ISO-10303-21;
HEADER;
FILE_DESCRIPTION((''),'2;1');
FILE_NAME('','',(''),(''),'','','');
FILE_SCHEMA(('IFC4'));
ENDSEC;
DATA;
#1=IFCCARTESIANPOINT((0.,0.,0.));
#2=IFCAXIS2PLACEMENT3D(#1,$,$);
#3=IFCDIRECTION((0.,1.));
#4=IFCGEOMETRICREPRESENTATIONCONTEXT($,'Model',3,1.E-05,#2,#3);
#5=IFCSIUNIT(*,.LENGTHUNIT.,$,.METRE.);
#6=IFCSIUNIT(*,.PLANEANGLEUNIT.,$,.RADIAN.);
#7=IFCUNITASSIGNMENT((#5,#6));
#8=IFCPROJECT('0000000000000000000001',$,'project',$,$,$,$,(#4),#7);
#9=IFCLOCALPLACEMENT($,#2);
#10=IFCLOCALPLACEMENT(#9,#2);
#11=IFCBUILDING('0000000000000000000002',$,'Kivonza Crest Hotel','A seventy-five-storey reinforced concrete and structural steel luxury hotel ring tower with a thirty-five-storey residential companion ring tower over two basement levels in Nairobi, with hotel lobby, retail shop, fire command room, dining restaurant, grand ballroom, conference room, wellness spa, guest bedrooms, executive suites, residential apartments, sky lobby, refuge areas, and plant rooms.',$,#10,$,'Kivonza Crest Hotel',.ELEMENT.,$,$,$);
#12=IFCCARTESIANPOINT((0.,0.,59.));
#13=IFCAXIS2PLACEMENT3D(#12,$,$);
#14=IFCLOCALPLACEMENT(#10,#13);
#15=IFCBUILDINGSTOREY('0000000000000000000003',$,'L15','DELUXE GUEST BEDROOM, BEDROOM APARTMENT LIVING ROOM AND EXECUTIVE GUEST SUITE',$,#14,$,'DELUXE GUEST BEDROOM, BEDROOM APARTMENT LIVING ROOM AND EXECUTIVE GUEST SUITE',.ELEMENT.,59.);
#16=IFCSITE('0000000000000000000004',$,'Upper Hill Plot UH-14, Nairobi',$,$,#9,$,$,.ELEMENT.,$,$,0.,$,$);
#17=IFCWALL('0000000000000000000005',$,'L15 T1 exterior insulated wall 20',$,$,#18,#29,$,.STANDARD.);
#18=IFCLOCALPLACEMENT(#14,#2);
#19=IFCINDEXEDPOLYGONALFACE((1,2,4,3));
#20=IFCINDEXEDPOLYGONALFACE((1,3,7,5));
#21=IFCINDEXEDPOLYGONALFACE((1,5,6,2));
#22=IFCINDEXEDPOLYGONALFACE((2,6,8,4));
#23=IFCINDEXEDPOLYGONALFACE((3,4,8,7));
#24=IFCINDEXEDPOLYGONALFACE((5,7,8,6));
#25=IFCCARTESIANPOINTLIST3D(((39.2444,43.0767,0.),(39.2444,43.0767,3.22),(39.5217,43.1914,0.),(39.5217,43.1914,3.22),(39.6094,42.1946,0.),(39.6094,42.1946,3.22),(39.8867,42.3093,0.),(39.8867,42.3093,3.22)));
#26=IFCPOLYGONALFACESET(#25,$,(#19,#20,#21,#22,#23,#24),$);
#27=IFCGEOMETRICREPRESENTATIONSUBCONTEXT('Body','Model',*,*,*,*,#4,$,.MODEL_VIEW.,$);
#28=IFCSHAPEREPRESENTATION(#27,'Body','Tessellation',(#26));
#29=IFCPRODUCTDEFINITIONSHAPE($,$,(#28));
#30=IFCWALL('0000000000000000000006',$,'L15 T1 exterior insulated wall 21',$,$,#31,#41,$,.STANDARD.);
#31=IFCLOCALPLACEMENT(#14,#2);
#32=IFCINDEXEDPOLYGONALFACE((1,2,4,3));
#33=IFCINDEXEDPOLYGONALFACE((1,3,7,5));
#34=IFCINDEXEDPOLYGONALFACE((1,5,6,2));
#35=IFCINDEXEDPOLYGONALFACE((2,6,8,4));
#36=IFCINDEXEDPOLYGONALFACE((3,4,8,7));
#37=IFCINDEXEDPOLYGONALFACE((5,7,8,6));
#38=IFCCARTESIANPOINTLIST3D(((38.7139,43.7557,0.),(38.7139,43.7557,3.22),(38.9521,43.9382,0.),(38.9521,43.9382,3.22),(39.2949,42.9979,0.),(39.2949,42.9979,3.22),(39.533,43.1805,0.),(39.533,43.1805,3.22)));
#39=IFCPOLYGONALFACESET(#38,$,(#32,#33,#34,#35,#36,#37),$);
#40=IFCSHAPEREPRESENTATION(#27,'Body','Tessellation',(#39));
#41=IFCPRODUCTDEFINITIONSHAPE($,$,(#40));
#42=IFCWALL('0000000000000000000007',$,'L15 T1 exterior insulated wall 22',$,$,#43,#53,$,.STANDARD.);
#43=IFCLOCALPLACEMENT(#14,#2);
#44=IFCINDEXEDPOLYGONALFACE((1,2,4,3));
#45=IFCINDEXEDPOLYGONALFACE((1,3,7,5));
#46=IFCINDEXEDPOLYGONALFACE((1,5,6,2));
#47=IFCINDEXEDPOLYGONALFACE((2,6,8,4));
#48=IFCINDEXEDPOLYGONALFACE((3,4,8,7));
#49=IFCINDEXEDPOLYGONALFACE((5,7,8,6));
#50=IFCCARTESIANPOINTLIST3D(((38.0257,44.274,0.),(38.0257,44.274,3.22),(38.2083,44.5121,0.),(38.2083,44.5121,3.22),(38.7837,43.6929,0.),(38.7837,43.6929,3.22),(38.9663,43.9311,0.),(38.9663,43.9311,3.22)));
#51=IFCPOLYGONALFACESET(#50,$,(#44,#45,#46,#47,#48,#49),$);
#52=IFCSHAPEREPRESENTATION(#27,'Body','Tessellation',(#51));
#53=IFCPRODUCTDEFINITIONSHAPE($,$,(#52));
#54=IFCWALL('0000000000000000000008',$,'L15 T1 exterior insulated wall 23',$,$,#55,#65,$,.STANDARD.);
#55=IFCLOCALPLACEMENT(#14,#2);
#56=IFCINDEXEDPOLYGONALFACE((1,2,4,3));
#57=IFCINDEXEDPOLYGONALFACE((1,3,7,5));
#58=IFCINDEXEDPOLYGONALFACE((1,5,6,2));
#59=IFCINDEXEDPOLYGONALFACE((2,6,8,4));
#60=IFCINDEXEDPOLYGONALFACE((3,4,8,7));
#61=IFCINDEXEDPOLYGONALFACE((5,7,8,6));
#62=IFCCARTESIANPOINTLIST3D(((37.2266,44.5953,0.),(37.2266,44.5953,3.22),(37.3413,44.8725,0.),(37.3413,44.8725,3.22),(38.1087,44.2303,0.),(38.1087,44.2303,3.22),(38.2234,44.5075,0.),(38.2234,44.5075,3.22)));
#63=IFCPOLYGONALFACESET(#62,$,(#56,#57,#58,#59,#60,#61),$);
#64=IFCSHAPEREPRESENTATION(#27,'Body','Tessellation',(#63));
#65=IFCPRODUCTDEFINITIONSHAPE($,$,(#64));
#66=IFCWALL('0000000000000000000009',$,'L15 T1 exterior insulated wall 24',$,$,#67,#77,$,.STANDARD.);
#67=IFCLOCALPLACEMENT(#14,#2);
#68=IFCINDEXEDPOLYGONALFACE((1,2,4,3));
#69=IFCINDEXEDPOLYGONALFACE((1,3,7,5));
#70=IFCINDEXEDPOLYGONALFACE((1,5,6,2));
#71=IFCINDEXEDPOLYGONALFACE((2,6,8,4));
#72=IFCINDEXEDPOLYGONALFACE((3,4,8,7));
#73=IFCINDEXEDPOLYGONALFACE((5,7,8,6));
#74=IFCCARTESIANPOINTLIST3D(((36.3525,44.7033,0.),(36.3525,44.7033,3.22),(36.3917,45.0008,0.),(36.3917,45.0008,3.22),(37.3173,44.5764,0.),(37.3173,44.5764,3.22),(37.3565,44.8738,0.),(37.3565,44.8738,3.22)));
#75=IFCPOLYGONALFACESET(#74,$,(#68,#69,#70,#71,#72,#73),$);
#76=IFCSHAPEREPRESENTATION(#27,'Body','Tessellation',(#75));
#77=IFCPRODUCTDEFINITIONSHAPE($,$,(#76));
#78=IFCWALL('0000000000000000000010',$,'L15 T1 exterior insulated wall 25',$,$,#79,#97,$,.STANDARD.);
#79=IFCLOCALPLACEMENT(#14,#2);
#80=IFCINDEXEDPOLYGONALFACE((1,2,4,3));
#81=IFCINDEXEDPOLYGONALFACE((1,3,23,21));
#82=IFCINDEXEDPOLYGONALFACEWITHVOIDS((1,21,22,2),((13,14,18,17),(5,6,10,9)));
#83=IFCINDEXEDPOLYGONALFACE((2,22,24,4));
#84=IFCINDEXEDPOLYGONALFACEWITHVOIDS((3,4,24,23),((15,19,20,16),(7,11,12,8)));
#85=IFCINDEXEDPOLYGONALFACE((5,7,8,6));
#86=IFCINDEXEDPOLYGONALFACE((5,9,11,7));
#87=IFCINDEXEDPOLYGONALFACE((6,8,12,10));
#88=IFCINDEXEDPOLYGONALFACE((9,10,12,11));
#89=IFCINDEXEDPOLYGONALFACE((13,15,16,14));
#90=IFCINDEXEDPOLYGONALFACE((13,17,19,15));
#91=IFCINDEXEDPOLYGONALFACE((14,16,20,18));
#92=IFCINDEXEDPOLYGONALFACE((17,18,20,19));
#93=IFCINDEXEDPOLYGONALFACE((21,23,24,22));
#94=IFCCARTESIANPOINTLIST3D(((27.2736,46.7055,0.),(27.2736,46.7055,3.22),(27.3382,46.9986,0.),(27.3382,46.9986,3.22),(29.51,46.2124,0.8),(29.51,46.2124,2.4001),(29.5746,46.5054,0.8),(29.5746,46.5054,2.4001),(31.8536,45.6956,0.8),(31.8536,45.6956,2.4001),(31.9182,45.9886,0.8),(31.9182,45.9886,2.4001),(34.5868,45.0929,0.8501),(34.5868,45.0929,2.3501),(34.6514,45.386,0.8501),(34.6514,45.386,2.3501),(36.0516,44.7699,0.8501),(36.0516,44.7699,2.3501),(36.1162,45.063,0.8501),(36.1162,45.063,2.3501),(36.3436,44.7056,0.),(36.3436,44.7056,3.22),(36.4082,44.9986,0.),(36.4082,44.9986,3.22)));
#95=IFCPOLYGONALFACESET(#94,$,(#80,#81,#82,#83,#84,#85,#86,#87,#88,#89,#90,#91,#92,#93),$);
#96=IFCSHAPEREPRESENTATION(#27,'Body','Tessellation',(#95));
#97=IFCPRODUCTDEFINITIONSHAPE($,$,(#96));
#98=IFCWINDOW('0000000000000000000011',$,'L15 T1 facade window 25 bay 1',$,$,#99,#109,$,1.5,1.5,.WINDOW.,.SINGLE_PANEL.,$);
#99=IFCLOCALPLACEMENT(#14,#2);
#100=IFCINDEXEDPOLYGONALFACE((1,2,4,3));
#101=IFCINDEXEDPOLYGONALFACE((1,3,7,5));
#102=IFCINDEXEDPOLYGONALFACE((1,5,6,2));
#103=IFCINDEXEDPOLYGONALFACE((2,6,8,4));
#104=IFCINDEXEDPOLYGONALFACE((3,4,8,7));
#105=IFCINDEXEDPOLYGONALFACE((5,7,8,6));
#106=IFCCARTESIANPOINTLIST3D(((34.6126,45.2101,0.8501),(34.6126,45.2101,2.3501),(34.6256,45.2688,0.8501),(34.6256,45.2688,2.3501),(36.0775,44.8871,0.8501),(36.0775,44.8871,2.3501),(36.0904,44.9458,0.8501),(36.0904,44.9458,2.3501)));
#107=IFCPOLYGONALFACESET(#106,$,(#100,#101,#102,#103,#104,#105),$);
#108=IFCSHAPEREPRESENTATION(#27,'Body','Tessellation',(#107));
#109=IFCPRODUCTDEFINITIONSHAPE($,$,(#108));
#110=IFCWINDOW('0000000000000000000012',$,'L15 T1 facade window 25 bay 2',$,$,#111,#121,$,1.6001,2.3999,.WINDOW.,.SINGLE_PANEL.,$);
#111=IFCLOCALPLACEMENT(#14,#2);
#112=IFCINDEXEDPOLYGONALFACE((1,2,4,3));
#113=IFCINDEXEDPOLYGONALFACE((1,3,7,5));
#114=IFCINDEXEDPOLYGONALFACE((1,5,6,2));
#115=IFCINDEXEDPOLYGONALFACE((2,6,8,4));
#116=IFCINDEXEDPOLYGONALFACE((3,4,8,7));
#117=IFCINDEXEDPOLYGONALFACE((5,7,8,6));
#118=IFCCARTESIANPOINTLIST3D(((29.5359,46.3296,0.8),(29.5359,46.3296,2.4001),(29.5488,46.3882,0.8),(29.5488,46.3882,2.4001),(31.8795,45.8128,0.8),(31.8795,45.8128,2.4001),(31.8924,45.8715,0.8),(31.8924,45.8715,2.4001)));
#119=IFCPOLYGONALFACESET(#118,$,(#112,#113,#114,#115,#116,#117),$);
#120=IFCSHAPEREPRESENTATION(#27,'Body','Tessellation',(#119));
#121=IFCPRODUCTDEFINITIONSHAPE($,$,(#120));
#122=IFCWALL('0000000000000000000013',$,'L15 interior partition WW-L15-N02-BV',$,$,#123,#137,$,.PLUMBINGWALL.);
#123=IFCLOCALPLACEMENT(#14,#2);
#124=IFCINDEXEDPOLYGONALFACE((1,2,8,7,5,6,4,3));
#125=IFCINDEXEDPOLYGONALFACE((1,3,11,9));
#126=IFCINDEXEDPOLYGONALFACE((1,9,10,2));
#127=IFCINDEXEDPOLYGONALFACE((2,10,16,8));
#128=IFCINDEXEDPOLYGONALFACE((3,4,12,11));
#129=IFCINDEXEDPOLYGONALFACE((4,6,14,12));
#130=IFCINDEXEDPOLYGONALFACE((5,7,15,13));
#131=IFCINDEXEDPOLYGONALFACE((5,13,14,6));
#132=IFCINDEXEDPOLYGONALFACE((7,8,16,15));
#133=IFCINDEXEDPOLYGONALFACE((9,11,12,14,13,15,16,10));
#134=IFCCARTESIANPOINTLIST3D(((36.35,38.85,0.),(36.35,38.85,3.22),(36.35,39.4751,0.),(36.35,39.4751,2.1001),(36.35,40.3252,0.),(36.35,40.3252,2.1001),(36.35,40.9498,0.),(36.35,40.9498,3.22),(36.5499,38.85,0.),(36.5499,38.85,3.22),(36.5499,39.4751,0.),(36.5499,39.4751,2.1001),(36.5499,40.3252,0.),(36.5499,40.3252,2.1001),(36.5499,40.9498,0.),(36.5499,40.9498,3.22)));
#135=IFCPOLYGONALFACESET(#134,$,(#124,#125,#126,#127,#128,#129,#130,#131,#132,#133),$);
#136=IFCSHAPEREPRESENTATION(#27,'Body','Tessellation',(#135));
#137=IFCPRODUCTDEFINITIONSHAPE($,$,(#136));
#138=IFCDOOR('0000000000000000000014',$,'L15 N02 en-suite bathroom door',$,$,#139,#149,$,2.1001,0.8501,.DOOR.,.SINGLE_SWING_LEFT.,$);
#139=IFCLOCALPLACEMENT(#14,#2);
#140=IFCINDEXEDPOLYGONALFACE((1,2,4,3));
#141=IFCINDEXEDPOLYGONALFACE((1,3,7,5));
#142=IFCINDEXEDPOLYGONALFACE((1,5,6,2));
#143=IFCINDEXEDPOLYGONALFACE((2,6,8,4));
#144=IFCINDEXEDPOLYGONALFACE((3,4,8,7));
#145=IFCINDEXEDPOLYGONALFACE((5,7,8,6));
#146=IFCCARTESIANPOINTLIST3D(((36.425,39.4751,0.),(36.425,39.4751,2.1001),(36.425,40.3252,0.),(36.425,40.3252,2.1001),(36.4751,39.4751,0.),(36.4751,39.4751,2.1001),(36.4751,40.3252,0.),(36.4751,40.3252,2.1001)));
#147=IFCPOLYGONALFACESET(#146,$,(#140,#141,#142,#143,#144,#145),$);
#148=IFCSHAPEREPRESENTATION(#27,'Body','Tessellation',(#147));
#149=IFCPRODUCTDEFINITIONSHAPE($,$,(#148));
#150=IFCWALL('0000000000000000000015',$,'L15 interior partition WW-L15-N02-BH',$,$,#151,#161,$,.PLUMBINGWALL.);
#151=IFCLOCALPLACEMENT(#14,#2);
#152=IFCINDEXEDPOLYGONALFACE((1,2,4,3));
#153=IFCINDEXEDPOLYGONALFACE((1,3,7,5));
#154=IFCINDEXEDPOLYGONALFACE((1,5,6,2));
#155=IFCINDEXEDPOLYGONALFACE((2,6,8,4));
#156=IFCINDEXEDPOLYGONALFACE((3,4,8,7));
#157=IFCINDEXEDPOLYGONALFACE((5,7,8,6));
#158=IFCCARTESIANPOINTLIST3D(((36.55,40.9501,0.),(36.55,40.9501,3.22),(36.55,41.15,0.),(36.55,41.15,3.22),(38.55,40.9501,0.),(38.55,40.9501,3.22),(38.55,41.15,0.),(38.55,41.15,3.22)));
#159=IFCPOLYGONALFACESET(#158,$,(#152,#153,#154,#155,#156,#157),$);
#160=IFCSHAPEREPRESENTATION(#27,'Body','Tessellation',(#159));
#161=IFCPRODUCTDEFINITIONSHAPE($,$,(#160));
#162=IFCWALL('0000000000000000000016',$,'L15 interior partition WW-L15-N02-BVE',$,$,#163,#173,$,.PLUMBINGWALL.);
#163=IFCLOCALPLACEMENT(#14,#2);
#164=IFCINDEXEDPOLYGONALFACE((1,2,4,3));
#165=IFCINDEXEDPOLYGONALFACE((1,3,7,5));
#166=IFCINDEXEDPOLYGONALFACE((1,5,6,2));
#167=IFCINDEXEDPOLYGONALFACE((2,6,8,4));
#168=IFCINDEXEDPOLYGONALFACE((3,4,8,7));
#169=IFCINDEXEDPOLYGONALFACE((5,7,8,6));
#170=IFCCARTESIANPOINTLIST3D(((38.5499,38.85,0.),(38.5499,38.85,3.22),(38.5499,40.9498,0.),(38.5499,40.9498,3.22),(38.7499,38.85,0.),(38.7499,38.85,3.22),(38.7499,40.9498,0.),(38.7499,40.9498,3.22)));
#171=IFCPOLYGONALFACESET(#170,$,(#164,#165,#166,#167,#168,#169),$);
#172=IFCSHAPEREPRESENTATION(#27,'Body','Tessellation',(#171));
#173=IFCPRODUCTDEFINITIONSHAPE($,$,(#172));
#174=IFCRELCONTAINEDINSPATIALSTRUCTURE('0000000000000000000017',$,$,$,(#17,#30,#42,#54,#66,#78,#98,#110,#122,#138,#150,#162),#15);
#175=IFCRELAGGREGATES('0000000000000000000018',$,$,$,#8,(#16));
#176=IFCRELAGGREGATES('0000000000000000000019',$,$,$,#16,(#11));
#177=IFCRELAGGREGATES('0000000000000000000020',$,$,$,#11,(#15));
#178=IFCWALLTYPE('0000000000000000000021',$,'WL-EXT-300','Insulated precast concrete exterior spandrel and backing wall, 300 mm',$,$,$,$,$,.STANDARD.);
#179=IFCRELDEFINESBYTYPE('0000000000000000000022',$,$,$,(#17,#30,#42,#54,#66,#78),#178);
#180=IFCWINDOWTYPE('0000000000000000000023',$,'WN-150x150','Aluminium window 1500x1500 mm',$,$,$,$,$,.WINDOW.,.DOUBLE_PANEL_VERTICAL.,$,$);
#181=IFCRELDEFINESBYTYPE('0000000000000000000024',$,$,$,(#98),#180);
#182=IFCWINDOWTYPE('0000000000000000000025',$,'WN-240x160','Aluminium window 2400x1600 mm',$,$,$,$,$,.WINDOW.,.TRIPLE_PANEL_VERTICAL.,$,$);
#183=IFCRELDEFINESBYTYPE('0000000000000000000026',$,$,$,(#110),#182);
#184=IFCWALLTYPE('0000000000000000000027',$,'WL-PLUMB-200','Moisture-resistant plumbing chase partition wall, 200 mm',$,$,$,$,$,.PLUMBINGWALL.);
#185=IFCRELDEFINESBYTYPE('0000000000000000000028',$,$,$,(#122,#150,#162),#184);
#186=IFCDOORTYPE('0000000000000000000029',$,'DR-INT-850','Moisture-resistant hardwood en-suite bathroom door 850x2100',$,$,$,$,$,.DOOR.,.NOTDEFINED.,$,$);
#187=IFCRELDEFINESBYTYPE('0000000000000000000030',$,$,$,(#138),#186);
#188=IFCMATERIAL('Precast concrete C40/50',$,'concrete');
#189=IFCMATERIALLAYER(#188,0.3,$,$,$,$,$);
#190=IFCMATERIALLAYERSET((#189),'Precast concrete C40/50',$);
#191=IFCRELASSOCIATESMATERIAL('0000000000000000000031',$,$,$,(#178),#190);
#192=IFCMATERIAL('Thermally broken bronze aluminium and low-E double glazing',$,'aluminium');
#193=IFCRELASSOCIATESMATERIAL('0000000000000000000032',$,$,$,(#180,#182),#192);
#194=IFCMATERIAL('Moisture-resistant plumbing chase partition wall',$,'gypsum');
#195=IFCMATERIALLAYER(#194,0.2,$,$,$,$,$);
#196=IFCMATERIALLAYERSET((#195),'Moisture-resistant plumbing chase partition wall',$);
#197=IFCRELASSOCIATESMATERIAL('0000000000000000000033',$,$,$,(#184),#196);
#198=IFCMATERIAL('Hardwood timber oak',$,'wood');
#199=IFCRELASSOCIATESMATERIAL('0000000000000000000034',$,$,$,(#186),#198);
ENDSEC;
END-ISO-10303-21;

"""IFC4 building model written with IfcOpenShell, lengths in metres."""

from ifc_helpers import new_model, si_unit, direction, frame, frame_2d, origin, place, context, subcontext, project, spatial, rectangle, extrude, material, layer, layer_set, type_object, element, fill, save


model = new_model("IFC4")

# Units and contexts
model_context = context("Model", 3, precision=1e-05, world=origin(), true_north=direction((0.0, 1.0)))
body_context = subcontext(model_context, "Body", "Model", "MODEL_VIEW")
ifc_project = project(units=[si_unit("LENGTHUNIT", "METRE"), si_unit("PLANEANGLEUNIT", "RADIAN")], contexts=[model_context])

# Site, building, storey
site_placement = place(None, origin())
site = spatial("IfcSite", under=ifc_project, at=site_placement, Name="Upper Hill Plot UH-14, Nairobi", CompositionType="ELEMENT", RefElevation=0.0)
building_placement = place(site_placement, origin())
building = spatial("IfcBuilding", under=site, at=building_placement, Name="Kivonza Crest Hotel", Description="A seventy-five-storey reinforced concrete and structural steel luxury hotel ring tower with a thirty-five-storey residential companion ring tower over two basement levels in Nairobi, with hotel lobby, retail shop, fire command room, dining restaurant, grand ballroom, conference room, wellness spa, guest bedrooms, executive suites, residential apartments, sky lobby, refuge areas, and plant rooms.", LongName="Kivonza Crest Hotel", CompositionType="ELEMENT")
storey_placement = place(building_placement, frame((0.0, 0.0, 59.0)))
storey = spatial("IfcBuildingStorey", under=building, at=storey_placement, Name="L15", Description="DELUXE GUEST BEDROOM, BEDROOM APARTMENT LIVING ROOM AND EXECUTIVE GUEST SUITE", LongName="DELUXE GUEST BEDROOM, BEDROOM APARTMENT LIVING ROOM AND EXECUTIVE GUEST SUITE", CompositionType="ELEMENT", Elevation=59.0)

# Shared definitions
ifc_material_1 = material(Name="Hardwood timber oak", Category="wood")

# Walls
ifc_material_2 = material(Name="Precast concrete C40/50", Category="concrete")
ifc_layer_1 = layer(ifc_material_2, 0.3)
ifc_layer_set_1 = layer_set([ifc_layer_1], Name="Precast concrete C40/50")
wall_type_1 = type_object("IfcWallType", Name="WL-EXT-300", Description="Insulated precast concrete exterior spandrel and backing wall, 300 mm", PredefinedType="STANDARD", material=ifc_layer_set_1)
wall_1_placement = place(storey_placement, frame((39.748, 42.252, 0.0), z_axis=(0.0, 0.0, 1.0), x_axis=(-0.382344, 0.92402, 0.0)))
element("IfcWall", 1, at=wall_1_placement, inside=storey, type_object=wall_type_1, Name="L15 T1 exterior insulated wall 20", PredefinedType="STANDARD", context=body_context, shape_type="SweptSolid", body=[
    extrude(rectangle(XDim=0.9546, YDim=0.3, at=frame_2d((0.4773, 0.0))), origin(), (0.0, 0.0, 1.0), 3.22),
])
wall_2_placement = place(storey_placement, frame((39.4141, 43.0891, 0.0), z_axis=(0.0, 0.0, 1.0), x_axis=(-0.608474, 0.793573, 0.0)))
element("IfcWall", 2, at=wall_2_placement, inside=storey, type_object=wall_type_1, Name="L15 T1 exterior insulated wall 21", PredefinedType="STANDARD", context=body_context, shape_type="SweptSolid", body=[
    extrude(rectangle(XDim=0.9548, YDim=0.3, at=frame_2d((0.4775, 0.0))), origin(), (0.0, 0.0, 1.0), 3.22),
])
wall_3_placement = place(storey_placement, frame((38.875, 43.812, 0.0), z_axis=(0.0, 0.0, 1.0), x_axis=(-0.793668, 0.608351, 0.0)))
element("IfcWall", 3, at=wall_3_placement, inside=storey, type_object=wall_type_1, Name="L15 T1 exterior insulated wall 22", PredefinedType="STANDARD", context=body_context, shape_type="SweptSolid", body=[
    extrude(rectangle(XDim=0.9551, YDim=0.3, at=frame_2d((0.4775, 0.0))), origin(), (0.0, 0.0, 1.0), 3.22),
])
wall_4_placement = place(storey_placement, frame((38.166, 44.3689, 0.0), z_axis=(0.0, 0.0, 1.0), x_axis=(-0.92402, 0.382344, 0.0)))
element("IfcWall", 4, at=wall_4_placement, inside=storey, type_object=wall_type_1, Name="L15 T1 exterior insulated wall 23", PredefinedType="STANDARD", context=body_context, shape_type="SweptSolid", body=[
    extrude(rectangle(XDim=0.9546, YDim=0.3, at=frame_2d((0.4773, 0.0))), origin(), (0.0, 0.0, 1.0), 3.22),
])
wall_5_placement = place(storey_placement, frame((37.3369, 44.7251, 0.0), z_axis=(0.0, 0.0, 1.0), x_axis=(-0.991454, 0.130455, 0.0)))
element("IfcWall", 5, at=wall_5_placement, inside=storey, type_object=wall_type_1, Name="L15 T1 exterior insulated wall 24", PredefinedType="STANDARD", context=body_context, shape_type="SweptSolid", body=[
    extrude(rectangle(XDim=0.9731, YDim=0.3, at=frame_2d((0.4866, 0.0))), origin(), (0.0, 0.0, 1.0), 3.22),
])

# Wall, openings, windows
wall_6_placement = place(storey_placement, frame((36.376, 44.8521, 0.0), z_axis=(0.0, 0.0, 1.0), x_axis=(-0.976541, 0.215333, 0.0)))
wall_6 = element("IfcWall", 6, at=wall_6_placement, inside=storey, type_object=wall_type_1, Name="L15 T1 exterior insulated wall 25", PredefinedType="STANDARD", context=body_context, shape_type="SweptSolid", body=[
    extrude(rectangle(XDim=9.2878, YDim=0.3, at=frame_2d((4.644, 0.0))), origin(), (0.0, 0.0, 1.0), 3.22),
])
opening_1_placement = place(wall_6_placement, frame((0.2991, 0.0, 0.8501)))
opening_1 = element("IfcOpeningElement", 7, at=opening_1_placement, cuts=wall_6, PredefinedType="OPENING", context=body_context, shape_type="SweptSolid", body=[
    extrude(rectangle(XDim=1.5, YDim=1.5, at=frame_2d((0.75, 0.75))), frame((0.0, 0.1602, 0.0), z_axis=(0.0, -1.0, 0.0), x_axis=(1.0, 0.0, 0.0)), (0.0, 0.0, 1.0), 0.3201),
])
opening_2_placement = place(wall_6_placement, frame((4.5979, 0.0, 0.8)))
opening_2 = element("IfcOpeningElement", 8, at=opening_2_placement, cuts=wall_6, PredefinedType="OPENING", context=body_context, shape_type="SweptSolid", body=[
    extrude(rectangle(XDim=2.3999, YDim=1.6001, at=frame_2d((1.2, 0.8))), frame((0.0, 0.1602, 0.0), z_axis=(0.0, -1.0, 0.0), x_axis=(1.0, 0.0, 0.0)), (0.0, 0.0, 1.0), 0.3201),
])
ifc_material_3 = material(Name="Thermally broken bronze aluminium and low-E double glazing", Category="aluminium")
window_type_1 = type_object("IfcWindowType", Name="WN-150x150", Description="Aluminium window 1500x1500 mm", PartitioningType="DOUBLE_PANEL_VERTICAL", PredefinedType="WINDOW", material=ifc_material_3)
window_1_placement = place(opening_1_placement, origin())
window_1 = element("IfcWindow", 9, at=window_1_placement, inside=storey, type_object=window_type_1, Name="L15 T1 facade window 25 bay 1", OverallHeight=1.5, OverallWidth=1.5, PartitioningType="SINGLE_PANEL", PredefinedType="WINDOW", context=body_context, shape_type="SweptSolid", body=[
    extrude(rectangle(XDim=1.5, YDim=1.5, at=frame_2d((0.75, 0.75))), frame((0.0, 0.03, 0.0), z_axis=(0.0, -1.0, 0.0), x_axis=(1.0, 0.0, 0.0)), (0.0, 0.0, 1.0), 0.0601),
])
fill(opening_1, window_1)
window_type_2 = type_object("IfcWindowType", Name="WN-240x160", Description="Aluminium window 2400x1600 mm", PartitioningType="TRIPLE_PANEL_VERTICAL", PredefinedType="WINDOW", material=ifc_material_3)
window_2_placement = place(opening_2_placement, origin())
window_2 = element("IfcWindow", 10, at=window_2_placement, inside=storey, type_object=window_type_2, Name="L15 T1 facade window 25 bay 2", OverallHeight=1.6001, OverallWidth=2.3999, PartitioningType="SINGLE_PANEL", PredefinedType="WINDOW", context=body_context, shape_type="SweptSolid", body=[
    extrude(rectangle(XDim=2.3999, YDim=1.6001, at=frame_2d((1.2, 0.8))), frame((0.0, 0.03, 0.0), z_axis=(0.0, -1.0, 0.0), x_axis=(1.0, 0.0, 0.0)), (0.0, 0.0, 1.0), 0.0601),
])
fill(opening_2, window_2)

# Wall, opening, door
ifc_material_4 = material(Name="Moisture-resistant plumbing chase partition wall", Category="gypsum")
ifc_layer_2 = layer(ifc_material_4, 0.2)
ifc_layer_set_2 = layer_set([ifc_layer_2], Name="Moisture-resistant plumbing chase partition wall")
wall_type_2 = type_object("IfcWallType", Name="WL-PLUMB-200", Description="Moisture-resistant plumbing chase partition wall, 200 mm", PredefinedType="PLUMBINGWALL", material=ifc_layer_set_2)
wall_7_placement = place(storey_placement, frame((36.45, 38.8501, 0.0), z_axis=(0.0, 0.0, 1.0), x_axis=(0.0, 1.0, 0.0)))
wall_7 = element("IfcWall", 11, at=wall_7_placement, inside=storey, type_object=wall_type_2, Name="L15 interior partition WW-L15-N02-BV", PredefinedType="PLUMBINGWALL", context=body_context, shape_type="SweptSolid", body=[
    extrude(rectangle(XDim=2.0999, YDim=0.2, at=frame_2d((1.0498, 0.0))), origin(), (0.0, 0.0, 1.0), 3.22),
])
opening_3_placement = place(wall_7_placement, frame((0.625, 0.0, 0.0)))
opening_3 = element("IfcOpeningElement", 12, at=opening_3_placement, cuts=wall_7, PredefinedType="OPENING", context=body_context, shape_type="SweptSolid", body=[
    extrude(rectangle(XDim=0.8501, YDim=2.1001, at=frame_2d((0.425, 1.05))), frame((0.0, 0.1099, 0.0), z_axis=(0.0, -1.0, 0.0), x_axis=(1.0, 0.0, 0.0)), (0.0, 0.0, 1.0), 0.22),
])
door_type_1 = type_object("IfcDoorType", Name="DR-INT-850", Description="Moisture-resistant hardwood en-suite bathroom door 850x2100", OperationType="NOTDEFINED", PredefinedType="DOOR", material=ifc_material_1)
door_1_placement = place(opening_3_placement, origin())
door_1 = element("IfcDoor", 13, at=door_1_placement, inside=storey, type_object=door_type_1, Name="L15 N02 en-suite bathroom door", OperationType="SINGLE_SWING_LEFT", OverallHeight=2.1001, OverallWidth=0.8501, PredefinedType="DOOR", context=body_context, shape_type="SweptSolid", body=[
    extrude(rectangle(XDim=0.8501, YDim=2.1001, at=frame_2d((0.425, 1.05))), frame((0.0, 0.0249, 0.0), z_axis=(0.0, -1.0, 0.0), x_axis=(1.0, 0.0, 0.0)), (0.0, 0.0, 1.0), 0.05),
])
fill(opening_3, door_1)

# Walls
wall_8_placement = place(storey_placement, frame((36.55, 41.05, 0.0), z_axis=(0.0, 0.0, 1.0), x_axis=(1.0, 0.0, 0.0)))
element("IfcWall", 14, at=wall_8_placement, inside=storey, type_object=wall_type_2, Name="L15 interior partition WW-L15-N02-BH", PredefinedType="PLUMBINGWALL", context=body_context, shape_type="SweptSolid", body=[
    extrude(rectangle(XDim=2.0, YDim=0.2, at=frame_2d((1.0, 0.0))), origin(), (0.0, 0.0, 1.0), 3.22),
])
wall_9_placement = place(storey_placement, frame((38.6499, 38.8501, 0.0), z_axis=(0.0, 0.0, 1.0), x_axis=(0.0, 1.0, 0.0)))
element("IfcWall", 15, at=wall_9_placement, inside=storey, type_object=wall_type_2, Name="L15 interior partition WW-L15-N02-BVE", PredefinedType="PLUMBINGWALL", context=body_context, shape_type="SweptSolid", body=[
    extrude(rectangle(XDim=2.0999, YDim=0.2, at=frame_2d((1.0498, 0.0))), origin(), (0.0, 0.0, 1.0), 3.22),
])

save(model, "model.ifc")
